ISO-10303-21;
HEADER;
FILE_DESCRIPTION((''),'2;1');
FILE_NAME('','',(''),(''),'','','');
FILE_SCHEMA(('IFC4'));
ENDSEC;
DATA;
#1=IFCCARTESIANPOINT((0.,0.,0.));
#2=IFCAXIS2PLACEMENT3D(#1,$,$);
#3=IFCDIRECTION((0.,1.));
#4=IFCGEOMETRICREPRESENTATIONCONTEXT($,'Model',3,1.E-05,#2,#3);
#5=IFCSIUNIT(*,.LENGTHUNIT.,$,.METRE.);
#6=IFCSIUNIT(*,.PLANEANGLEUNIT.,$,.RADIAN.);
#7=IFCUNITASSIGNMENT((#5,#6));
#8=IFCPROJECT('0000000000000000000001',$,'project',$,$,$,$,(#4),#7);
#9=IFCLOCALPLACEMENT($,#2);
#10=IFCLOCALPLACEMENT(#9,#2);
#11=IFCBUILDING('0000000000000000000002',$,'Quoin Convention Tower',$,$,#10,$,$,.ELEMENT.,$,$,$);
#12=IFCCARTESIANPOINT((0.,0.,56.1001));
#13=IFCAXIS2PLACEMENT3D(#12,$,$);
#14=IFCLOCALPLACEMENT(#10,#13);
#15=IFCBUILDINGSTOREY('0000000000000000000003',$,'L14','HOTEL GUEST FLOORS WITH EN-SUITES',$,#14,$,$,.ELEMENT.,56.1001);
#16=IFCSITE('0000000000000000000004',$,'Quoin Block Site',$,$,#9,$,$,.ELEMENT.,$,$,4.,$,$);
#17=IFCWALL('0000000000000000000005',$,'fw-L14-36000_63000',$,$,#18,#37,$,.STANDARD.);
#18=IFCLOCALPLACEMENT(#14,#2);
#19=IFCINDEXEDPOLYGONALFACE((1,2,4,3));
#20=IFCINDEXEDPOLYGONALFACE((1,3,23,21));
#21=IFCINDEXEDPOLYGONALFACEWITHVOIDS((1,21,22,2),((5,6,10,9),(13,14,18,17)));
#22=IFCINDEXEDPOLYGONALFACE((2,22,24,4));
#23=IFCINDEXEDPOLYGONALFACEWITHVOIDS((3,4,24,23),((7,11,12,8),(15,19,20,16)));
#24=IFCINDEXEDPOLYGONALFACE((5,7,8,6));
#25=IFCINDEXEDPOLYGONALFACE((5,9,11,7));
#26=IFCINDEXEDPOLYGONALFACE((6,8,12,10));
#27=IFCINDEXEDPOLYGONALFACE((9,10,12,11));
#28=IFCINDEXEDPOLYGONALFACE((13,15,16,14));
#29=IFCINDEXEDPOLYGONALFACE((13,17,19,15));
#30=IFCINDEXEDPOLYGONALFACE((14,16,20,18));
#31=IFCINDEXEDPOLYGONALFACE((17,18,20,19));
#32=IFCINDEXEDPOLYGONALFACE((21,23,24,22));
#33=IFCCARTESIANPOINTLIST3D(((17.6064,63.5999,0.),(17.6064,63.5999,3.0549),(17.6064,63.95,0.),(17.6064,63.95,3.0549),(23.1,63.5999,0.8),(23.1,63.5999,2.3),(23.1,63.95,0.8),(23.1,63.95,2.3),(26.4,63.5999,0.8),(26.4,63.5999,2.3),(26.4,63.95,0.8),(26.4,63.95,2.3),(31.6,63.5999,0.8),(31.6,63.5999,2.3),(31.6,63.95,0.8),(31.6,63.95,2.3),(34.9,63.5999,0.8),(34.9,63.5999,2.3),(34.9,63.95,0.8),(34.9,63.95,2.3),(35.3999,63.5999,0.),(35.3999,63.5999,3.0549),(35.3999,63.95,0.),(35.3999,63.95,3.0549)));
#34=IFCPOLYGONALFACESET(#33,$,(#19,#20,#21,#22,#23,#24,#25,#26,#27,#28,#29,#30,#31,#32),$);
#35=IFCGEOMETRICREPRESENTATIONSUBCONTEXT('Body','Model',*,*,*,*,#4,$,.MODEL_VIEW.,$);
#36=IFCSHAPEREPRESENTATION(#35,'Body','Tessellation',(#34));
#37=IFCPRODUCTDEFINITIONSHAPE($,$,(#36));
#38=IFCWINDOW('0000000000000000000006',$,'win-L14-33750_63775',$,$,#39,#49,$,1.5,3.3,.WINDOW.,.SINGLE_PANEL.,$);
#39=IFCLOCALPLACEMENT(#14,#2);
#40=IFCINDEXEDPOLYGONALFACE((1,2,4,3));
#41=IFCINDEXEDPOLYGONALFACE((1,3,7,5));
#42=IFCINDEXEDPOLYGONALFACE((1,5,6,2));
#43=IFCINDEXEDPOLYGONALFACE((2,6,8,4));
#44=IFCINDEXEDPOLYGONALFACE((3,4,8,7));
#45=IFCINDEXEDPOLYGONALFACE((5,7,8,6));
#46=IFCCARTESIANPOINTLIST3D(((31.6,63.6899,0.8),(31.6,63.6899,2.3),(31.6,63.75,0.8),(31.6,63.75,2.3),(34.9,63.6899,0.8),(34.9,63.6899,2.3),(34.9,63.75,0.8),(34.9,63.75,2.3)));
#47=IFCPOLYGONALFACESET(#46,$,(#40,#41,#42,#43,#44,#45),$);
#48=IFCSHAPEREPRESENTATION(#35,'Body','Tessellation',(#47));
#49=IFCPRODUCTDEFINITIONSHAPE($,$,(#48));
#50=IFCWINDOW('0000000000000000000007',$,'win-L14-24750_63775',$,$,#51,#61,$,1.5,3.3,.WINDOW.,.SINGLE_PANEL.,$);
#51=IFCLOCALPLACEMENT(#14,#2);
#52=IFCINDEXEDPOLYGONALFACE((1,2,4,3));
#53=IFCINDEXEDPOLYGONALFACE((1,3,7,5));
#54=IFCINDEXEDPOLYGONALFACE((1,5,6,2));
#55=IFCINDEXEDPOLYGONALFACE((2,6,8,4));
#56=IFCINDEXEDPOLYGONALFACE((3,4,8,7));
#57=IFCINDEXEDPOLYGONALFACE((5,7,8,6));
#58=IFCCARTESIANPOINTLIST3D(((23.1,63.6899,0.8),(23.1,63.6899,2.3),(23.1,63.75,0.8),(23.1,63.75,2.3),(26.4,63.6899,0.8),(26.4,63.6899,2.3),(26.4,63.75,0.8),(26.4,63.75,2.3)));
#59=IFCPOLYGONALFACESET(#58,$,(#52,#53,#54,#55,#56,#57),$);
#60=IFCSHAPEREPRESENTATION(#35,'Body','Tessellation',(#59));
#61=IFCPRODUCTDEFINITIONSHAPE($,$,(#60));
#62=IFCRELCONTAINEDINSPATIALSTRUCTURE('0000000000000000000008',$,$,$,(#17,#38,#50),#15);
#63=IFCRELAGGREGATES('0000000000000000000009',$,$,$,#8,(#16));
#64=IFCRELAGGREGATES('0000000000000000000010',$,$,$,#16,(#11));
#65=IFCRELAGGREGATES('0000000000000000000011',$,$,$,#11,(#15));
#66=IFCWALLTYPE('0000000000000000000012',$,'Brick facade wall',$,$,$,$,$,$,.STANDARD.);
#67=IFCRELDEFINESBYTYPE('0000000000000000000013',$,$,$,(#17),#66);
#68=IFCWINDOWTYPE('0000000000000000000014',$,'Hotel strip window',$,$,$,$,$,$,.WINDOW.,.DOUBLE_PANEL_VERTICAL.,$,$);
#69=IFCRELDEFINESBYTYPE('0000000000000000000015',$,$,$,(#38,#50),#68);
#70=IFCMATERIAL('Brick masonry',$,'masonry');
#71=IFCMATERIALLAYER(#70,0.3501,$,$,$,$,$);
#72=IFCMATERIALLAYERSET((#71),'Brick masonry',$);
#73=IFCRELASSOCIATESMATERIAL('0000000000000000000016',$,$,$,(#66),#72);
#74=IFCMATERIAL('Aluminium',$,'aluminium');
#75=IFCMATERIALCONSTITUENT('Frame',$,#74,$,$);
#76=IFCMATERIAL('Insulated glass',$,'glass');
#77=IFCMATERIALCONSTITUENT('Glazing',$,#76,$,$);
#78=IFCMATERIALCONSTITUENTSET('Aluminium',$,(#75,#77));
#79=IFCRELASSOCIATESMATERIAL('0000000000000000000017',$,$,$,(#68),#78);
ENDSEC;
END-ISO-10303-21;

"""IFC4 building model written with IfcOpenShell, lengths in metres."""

from ifc_helpers import new_model, si_unit, direction, frame, frame_2d, origin, place, context, subcontext, project, spatial, rectangle, extrude, material, layer, layer_set, constituent, constituent_set, type_object, element, fill, save


model = new_model("IFC4")

# Units and contexts
model_context = context("Model", 3, precision=1e-05, world=origin(), true_north=direction((0.0, 1.0)))
body_context = subcontext(model_context, "Body", "Model", "MODEL_VIEW")
ifc_project = project(units=[si_unit("LENGTHUNIT", "METRE"), si_unit("PLANEANGLEUNIT", "RADIAN")], contexts=[model_context])

# Site, building, storey
site_placement = place(None, origin())
site = spatial("IfcSite", under=ifc_project, at=site_placement, Name="Quoin Block Site", CompositionType="ELEMENT", RefElevation=4.0)
building_placement = place(site_placement, origin())
building = spatial("IfcBuilding", under=site, at=building_placement, Name="Quoin Convention Tower", CompositionType="ELEMENT")
storey_placement = place(building_placement, frame((0.0, 0.0, 56.1001)))
storey = spatial("IfcBuildingStorey", under=building, at=storey_placement, Name="L14", Description="HOTEL GUEST FLOORS WITH EN-SUITES", CompositionType="ELEMENT", Elevation=56.1001)

# Shared definitions
ifc_material_1 = material(Name="Brick masonry", Category="masonry")
ifc_layer = layer(ifc_material_1, 0.3501)
ifc_layer_set = layer_set([ifc_layer], Name="Brick masonry")
wall_type = type_object("IfcWallType", Name="Brick facade wall", PredefinedType="STANDARD", material=ifc_layer_set)
ifc_material_2 = material(Name="Aluminium", Category="aluminium")
ifc_constituent_1 = constituent(ifc_material_2, Name="Frame")
ifc_material_3 = material(Name="Insulated glass", Category="glass")
ifc_constituent_2 = constituent(ifc_material_3, Name="Glazing")
ifc_constituent_set = constituent_set(constituents=[ifc_constituent_1, ifc_constituent_2], Name="Aluminium")
window_type = type_object("IfcWindowType", Name="Hotel strip window", PartitioningType="DOUBLE_PANEL_VERTICAL", PredefinedType="WINDOW", material=ifc_constituent_set)

# Wall, openings, windows
wall_1_placement = place(storey_placement, frame((35.3999, 63.7749, 0.0), z_axis=(0.0, 0.0, 1.0), x_axis=(-1.0, 0.0, 0.0)))
wall_1 = element("IfcWall", 1, at=wall_1_placement, inside=storey, type_object=wall_type, Name="fw-L14-36000_63000", PredefinedType="STANDARD", context=body_context, shape_type="SweptSolid", body=[
    extrude(rectangle(XDim=17.7935, YDim=0.3501, at=frame_2d((8.8967, 0.0))), origin(), (0.0, 0.0, 1.0), 3.0549),
])
opening_1_placement = place(wall_1_placement, frame((0.5, 0.0, 0.8)))
opening_1 = element("IfcOpeningElement", 2, at=opening_1_placement, cuts=wall_1, PredefinedType="OPENING", context=body_context, shape_type="SweptSolid", body=[
    extrude(rectangle(XDim=3.3, YDim=1.5, at=frame_2d((1.6499, 0.75))), frame((0.0, 0.1851, 0.0), z_axis=(0.0, -1.0, 0.0), x_axis=(1.0, 0.0, 0.0)), (0.0, 0.0, 1.0), 0.3701),
])
opening_2_placement = place(wall_1_placement, frame((9.0, 0.0, 0.8)))
opening_2 = element("IfcOpeningElement", 3, at=opening_2_placement, cuts=wall_1, PredefinedType="OPENING", context=body_context, shape_type="SweptSolid", body=[
    extrude(rectangle(XDim=3.3, YDim=1.5, at=frame_2d((1.6499, 0.75))), frame((0.0, 0.1851, 0.0), z_axis=(0.0, -1.0, 0.0), x_axis=(1.0, 0.0, 0.0)), (0.0, 0.0, 1.0), 0.3701),
])
window_1_placement = place(opening_1_placement, origin())
window_1 = element("IfcWindow", 4, at=window_1_placement, inside=storey, type_object=window_type, Name="win-L14-33750_63775", OverallHeight=1.5, OverallWidth=3.3, PartitioningType="SINGLE_PANEL", PredefinedType="WINDOW", context=body_context, shape_type="SweptSolid", body=[
    extrude(rectangle(XDim=3.3, YDim=1.5, at=frame_2d((1.6499, 0.75))), frame((0.0, 0.085, 0.0), z_axis=(0.0, -1.0, 0.0), x_axis=(1.0, 0.0, 0.0)), (0.0, 0.0, 1.0), 0.0601),
])
fill(opening_1, window_1)
window_2_placement = place(opening_2_placement, origin())
window_2 = element("IfcWindow", 5, at=window_2_placement, inside=storey, type_object=window_type, Name="win-L14-24750_63775", OverallHeight=1.5, OverallWidth=3.3, PartitioningType="SINGLE_PANEL", PredefinedType="WINDOW", context=body_context, shape_type="SweptSolid", body=[
    extrude(rectangle(XDim=3.3, YDim=1.5, at=frame_2d((1.6499, 0.75))), frame((0.0, 0.085, 0.0), z_axis=(0.0, -1.0, 0.0), x_axis=(1.0, 0.0, 0.0)), (0.0, 0.0, 1.0), 0.0601),
])
fill(opening_2, window_2)

save(model, "model.ifc")
